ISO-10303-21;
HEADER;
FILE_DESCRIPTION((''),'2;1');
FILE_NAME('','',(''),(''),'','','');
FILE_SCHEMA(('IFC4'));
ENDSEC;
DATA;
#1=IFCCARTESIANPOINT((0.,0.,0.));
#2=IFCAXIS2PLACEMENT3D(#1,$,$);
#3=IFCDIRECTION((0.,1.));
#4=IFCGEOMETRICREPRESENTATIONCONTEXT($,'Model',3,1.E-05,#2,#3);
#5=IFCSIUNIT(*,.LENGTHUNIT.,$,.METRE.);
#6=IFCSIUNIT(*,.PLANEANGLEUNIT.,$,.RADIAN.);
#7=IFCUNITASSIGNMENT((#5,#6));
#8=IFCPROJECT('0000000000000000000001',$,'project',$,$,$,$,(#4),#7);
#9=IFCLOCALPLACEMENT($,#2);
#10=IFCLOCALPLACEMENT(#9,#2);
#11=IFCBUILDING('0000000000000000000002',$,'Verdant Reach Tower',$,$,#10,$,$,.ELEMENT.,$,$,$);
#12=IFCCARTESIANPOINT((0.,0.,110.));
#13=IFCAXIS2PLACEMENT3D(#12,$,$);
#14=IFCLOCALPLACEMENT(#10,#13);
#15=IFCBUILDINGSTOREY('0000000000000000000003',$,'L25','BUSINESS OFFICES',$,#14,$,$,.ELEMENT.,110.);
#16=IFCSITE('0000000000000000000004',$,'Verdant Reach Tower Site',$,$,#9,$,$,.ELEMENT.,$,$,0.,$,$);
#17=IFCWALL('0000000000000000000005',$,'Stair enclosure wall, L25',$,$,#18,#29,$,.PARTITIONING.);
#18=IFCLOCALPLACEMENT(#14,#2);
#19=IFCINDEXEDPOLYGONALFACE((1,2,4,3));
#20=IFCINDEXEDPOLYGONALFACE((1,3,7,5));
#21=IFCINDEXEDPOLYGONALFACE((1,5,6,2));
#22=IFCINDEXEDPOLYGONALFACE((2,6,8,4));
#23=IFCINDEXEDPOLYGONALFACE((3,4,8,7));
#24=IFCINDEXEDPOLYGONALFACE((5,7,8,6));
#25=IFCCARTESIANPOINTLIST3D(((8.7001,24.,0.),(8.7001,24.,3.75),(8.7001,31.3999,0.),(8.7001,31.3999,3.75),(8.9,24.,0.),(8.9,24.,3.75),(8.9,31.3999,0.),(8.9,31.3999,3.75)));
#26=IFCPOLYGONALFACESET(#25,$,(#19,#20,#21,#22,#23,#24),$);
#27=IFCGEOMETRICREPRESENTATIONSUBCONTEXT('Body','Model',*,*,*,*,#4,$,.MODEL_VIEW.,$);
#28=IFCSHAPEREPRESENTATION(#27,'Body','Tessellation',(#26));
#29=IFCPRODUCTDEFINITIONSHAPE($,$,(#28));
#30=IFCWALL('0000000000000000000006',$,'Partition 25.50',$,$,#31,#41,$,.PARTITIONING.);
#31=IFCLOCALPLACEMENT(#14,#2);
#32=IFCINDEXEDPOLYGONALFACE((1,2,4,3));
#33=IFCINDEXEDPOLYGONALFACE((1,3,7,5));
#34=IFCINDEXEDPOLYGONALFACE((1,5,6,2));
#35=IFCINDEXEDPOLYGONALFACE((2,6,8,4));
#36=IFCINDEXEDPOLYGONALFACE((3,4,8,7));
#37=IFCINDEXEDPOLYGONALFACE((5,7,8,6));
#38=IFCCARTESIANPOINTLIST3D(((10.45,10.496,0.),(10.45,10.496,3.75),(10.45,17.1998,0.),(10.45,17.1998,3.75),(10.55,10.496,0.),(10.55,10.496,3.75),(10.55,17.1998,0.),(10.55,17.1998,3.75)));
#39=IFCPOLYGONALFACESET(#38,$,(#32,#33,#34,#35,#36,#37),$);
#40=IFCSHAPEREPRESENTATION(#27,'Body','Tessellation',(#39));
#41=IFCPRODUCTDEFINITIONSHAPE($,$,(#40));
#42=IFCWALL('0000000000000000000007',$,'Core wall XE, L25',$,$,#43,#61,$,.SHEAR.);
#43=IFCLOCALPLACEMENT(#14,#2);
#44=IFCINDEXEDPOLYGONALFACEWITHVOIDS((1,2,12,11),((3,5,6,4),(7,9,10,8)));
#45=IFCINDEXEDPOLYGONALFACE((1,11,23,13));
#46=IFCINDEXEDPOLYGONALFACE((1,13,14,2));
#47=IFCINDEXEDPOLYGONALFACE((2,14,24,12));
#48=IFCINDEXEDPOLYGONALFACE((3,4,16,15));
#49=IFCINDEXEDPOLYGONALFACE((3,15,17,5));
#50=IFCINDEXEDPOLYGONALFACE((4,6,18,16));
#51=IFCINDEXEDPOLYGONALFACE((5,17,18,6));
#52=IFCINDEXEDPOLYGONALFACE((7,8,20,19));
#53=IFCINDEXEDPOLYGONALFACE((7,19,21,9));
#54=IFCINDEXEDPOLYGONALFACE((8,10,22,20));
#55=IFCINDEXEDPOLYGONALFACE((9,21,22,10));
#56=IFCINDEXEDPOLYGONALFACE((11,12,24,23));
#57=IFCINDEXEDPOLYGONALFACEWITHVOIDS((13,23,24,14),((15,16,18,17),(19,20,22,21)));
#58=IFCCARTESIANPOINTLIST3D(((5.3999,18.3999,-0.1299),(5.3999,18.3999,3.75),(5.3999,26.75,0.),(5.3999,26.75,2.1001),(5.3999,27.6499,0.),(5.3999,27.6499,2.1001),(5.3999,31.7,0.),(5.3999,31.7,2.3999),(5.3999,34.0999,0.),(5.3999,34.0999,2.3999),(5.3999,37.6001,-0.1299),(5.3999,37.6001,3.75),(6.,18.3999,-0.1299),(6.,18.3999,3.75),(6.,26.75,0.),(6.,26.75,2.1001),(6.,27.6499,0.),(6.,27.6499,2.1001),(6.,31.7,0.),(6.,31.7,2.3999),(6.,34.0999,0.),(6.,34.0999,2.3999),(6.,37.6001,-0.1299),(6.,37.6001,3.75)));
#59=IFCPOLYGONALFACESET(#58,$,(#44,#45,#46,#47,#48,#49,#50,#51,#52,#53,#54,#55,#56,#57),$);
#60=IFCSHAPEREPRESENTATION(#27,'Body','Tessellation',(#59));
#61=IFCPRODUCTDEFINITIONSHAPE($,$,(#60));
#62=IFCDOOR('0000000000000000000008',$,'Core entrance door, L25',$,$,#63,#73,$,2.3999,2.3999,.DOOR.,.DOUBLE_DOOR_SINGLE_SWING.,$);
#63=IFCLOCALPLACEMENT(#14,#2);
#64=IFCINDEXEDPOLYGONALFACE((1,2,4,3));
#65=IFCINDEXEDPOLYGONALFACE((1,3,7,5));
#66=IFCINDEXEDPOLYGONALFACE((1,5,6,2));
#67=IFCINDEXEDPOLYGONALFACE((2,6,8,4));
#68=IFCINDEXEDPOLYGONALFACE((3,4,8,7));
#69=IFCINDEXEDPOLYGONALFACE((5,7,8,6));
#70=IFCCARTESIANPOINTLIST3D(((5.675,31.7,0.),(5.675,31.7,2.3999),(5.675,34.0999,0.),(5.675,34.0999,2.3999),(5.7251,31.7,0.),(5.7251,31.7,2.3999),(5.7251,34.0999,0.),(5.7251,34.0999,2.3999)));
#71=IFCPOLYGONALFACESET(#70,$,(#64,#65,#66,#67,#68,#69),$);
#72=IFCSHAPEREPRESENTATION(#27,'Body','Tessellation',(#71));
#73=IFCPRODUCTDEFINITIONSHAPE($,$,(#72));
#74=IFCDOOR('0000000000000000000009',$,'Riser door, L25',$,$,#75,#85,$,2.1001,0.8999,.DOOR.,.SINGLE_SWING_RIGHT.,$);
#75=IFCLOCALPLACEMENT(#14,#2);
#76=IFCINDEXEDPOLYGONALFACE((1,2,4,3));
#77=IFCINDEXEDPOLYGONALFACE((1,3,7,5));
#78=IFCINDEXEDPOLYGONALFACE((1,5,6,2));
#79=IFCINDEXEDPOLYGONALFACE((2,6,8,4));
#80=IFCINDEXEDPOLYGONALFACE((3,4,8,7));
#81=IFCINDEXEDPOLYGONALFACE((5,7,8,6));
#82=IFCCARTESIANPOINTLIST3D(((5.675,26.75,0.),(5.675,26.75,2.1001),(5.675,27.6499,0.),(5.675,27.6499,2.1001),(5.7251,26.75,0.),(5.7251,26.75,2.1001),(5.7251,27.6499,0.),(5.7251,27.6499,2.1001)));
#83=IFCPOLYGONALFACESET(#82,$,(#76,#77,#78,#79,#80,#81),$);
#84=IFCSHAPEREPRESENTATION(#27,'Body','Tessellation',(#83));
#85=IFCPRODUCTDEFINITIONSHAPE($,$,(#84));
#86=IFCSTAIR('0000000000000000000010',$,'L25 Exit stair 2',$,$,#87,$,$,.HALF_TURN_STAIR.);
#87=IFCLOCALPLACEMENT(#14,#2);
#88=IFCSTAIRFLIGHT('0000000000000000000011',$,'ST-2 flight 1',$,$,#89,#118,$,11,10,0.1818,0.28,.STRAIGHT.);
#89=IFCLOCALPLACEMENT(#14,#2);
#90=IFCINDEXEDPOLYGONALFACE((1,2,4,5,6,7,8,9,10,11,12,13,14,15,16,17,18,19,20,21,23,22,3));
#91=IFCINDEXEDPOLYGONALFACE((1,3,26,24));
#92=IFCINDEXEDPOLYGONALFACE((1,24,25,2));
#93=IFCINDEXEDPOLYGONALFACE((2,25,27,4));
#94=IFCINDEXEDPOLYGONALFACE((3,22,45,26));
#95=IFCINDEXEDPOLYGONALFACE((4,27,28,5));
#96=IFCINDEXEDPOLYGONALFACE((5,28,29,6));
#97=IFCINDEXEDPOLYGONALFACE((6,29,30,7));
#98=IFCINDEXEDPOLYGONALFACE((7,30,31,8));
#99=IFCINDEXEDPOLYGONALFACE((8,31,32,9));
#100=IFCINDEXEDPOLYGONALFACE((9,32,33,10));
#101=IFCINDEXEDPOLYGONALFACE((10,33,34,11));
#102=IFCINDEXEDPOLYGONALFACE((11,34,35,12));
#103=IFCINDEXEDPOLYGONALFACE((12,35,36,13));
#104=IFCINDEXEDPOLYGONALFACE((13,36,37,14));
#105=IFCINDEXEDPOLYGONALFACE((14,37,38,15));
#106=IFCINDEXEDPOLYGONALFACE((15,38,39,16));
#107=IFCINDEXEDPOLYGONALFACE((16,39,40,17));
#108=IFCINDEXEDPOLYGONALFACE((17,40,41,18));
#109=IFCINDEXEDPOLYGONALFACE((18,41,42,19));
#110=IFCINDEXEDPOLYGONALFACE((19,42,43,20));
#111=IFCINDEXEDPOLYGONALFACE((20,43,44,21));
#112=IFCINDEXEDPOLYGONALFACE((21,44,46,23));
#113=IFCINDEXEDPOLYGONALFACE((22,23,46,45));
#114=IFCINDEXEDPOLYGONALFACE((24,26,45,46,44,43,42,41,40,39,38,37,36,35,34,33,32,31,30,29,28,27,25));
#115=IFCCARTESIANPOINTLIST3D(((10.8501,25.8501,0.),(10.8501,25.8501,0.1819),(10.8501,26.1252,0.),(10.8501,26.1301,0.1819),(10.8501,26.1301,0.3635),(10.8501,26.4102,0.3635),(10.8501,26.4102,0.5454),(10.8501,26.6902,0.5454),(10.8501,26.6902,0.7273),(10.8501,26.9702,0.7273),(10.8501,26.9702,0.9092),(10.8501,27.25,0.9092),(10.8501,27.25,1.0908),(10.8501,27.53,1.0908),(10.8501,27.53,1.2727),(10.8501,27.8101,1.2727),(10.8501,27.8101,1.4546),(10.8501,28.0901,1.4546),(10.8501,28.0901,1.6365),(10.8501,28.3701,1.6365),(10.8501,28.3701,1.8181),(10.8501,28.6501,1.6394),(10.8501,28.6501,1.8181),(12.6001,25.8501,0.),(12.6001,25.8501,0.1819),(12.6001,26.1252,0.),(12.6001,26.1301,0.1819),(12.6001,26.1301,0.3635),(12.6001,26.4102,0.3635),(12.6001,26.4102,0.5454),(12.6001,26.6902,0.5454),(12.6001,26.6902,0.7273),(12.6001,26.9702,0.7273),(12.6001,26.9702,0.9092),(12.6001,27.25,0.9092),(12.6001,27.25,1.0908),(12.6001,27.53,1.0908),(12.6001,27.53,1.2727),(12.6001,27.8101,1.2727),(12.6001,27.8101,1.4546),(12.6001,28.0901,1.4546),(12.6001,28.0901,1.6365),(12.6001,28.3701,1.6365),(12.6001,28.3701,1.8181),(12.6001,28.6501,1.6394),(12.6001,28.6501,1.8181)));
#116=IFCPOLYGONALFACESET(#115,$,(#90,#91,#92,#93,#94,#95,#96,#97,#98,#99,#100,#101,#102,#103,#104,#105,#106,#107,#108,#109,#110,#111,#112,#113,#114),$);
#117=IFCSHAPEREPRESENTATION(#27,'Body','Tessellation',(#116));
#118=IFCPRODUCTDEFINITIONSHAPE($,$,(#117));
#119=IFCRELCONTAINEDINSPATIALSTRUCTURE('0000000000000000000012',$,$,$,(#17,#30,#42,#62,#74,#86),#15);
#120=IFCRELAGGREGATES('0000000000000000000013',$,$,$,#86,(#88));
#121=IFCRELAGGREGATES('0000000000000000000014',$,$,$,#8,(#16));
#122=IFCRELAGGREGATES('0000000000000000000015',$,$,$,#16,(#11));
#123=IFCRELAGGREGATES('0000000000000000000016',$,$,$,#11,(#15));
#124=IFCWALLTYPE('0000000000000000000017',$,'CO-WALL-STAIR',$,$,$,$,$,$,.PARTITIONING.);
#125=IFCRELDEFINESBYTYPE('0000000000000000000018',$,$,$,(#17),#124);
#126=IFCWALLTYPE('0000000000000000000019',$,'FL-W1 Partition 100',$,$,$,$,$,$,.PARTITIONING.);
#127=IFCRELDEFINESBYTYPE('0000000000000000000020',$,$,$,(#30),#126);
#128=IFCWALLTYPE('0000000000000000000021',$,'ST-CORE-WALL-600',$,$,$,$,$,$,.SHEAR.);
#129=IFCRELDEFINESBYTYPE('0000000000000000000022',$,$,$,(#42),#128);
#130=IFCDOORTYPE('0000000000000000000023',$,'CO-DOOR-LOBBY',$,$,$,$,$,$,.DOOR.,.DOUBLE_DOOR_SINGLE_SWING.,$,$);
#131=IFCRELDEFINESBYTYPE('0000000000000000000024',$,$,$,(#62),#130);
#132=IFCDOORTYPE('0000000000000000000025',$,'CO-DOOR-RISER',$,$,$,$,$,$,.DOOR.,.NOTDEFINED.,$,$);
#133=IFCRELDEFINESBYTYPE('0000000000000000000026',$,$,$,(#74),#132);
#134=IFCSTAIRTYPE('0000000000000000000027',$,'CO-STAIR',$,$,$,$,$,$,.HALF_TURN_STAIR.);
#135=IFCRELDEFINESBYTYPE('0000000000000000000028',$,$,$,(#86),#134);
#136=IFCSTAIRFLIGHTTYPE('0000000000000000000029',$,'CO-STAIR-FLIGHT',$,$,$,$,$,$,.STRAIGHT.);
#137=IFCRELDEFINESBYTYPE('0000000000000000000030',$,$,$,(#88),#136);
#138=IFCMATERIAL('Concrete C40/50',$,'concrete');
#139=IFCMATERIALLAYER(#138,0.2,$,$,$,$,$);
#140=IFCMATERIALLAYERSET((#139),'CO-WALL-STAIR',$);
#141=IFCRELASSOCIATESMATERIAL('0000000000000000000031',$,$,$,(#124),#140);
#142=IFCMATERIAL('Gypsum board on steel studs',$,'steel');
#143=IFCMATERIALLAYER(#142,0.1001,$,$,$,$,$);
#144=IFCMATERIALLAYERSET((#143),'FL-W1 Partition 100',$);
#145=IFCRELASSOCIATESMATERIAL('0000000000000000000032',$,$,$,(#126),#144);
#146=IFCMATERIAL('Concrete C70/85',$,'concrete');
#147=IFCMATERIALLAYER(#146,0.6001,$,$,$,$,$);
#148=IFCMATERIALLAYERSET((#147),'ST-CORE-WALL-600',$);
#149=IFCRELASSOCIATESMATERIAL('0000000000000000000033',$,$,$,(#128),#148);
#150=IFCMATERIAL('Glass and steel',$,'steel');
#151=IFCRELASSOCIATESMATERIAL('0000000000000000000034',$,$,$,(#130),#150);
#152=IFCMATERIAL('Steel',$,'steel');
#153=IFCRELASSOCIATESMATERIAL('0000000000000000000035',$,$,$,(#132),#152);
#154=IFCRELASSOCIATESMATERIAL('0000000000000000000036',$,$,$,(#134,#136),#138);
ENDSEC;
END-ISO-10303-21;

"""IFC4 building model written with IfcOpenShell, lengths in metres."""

from ifc_helpers import new_model, si_unit, direction, frame, frame_2d, origin, place, context, subcontext, project, spatial, polyline, rectangle, outline, extrude, material, layer, layer_set, type_object, element, fill, aggregate, save


model = new_model("IFC4")

# Units and contexts
model_context = context("Model", 3, precision=1e-05, world=origin(), true_north=direction((0.0, 1.0)))
body_context = subcontext(model_context, "Body", "Model", "MODEL_VIEW")
ifc_project = project(units=[si_unit("LENGTHUNIT", "METRE"), si_unit("PLANEANGLEUNIT", "RADIAN")], contexts=[model_context])

# Site, building, storey
site_placement = place(None, origin())
site = spatial("IfcSite", under=ifc_project, at=site_placement, Name="Verdant Reach Tower Site", CompositionType="ELEMENT", RefElevation=0.0)
building_placement = place(site_placement, origin())
building = spatial("IfcBuilding", under=site, at=building_placement, Name="Verdant Reach Tower", CompositionType="ELEMENT")
storey_placement = place(building_placement, frame((0.0, 0.0, 110.0)))
storey = spatial("IfcBuildingStorey", under=building, at=storey_placement, Name="L25", Description="BUSINESS OFFICES", CompositionType="ELEMENT", Elevation=110.0)

# Shared definitions
ifc_material_1 = material(Name="Gypsum board on steel studs", Category="steel")

# Shared definitions
ifc_material_2 = material(Name="Concrete C40/50", Category="concrete")

# Shared definitions
ifc_layer_1 = layer(ifc_material_2, 0.2)
ifc_layer_set_1 = layer_set([ifc_layer_1], Name="CO-WALL-STAIR")
wall_type_1 = type_object("IfcWallType", Name="CO-WALL-STAIR", PredefinedType="PARTITIONING", material=ifc_layer_set_1)
ifc_material_3 = material(Name="Steel", Category="steel")

# Walls
wall_1_placement = place(storey_placement, frame((8.8, 24.0, 0.0), z_axis=(0.0, 0.0, 1.0), x_axis=(0.0, 1.0, 0.0)))
element("IfcWall", 1, at=wall_1_placement, inside=storey, type_object=wall_type_1, Name="Stair enclosure wall, L25", PredefinedType="PARTITIONING", context=body_context, shape_type="SweptSolid", body=[
    extrude(rectangle(XDim=7.3999, YDim=0.2, at=frame_2d((3.7, 0.0))), origin(), (0.0, 0.0, 1.0), 3.75),
])
ifc_layer_2 = layer(ifc_material_1, 0.1001)
ifc_layer_set_2 = layer_set([ifc_layer_2], Name="FL-W1 Partition 100")
wall_type_2 = type_object("IfcWallType", Name="FL-W1 Partition 100", PredefinedType="PARTITIONING", material=ifc_layer_set_2)
wall_2_placement = place(storey_placement, frame((10.5, 17.2, 0.0), z_axis=(0.0, 0.0, 1.0), x_axis=(0.0, -1.0, 0.0)))
element("IfcWall", 2, at=wall_2_placement, inside=storey, type_object=wall_type_2, Name="Partition 25.50", PredefinedType="PARTITIONING", context=body_context, shape_type="SweptSolid", body=[
    extrude(rectangle(XDim=6.7039, YDim=0.1001, at=frame_2d((3.3521, 0.0))), origin(), (0.0, 0.0, 1.0), 3.75),
])

# Wall, openings, doors
ifc_material_4 = material(Name="Concrete C70/85", Category="concrete")
ifc_layer_3 = layer(ifc_material_4, 0.6001)
ifc_layer_set_3 = layer_set([ifc_layer_3], Name="ST-CORE-WALL-600")
wall_type_3 = type_object("IfcWallType", Name="ST-CORE-WALL-600", PredefinedType="SHEAR", material=ifc_layer_set_3)
wall_3_placement = place(storey_placement, frame((5.7, 18.3999, -0.1299), z_axis=(0.0, 0.0, 1.0), x_axis=(0.0, 1.0, 0.0)))
wall_3 = element("IfcWall", 3, at=wall_3_placement, inside=storey, type_object=wall_type_3, Name="Core wall XE, L25", PredefinedType="SHEAR", context=body_context, shape_type="SweptSolid", body=[
    extrude(rectangle(XDim=19.2002, YDim=0.6001, at=frame_2d((9.6001, 0.0))), origin(), (0.0, 0.0, 1.0), 3.8799),
])
opening_1_placement = place(wall_3_placement, frame((8.3501, 0.0, 0.1299)))
opening_1 = element("IfcOpeningElement", 4, at=opening_1_placement, cuts=wall_3, PredefinedType="OPENING", context=body_context, shape_type="SweptSolid", body=[
    extrude(rectangle(XDim=0.8999, YDim=2.1001, at=frame_2d((0.45, 1.05))), frame((0.0, 0.3101, 0.0), z_axis=(0.0, -1.0, 0.0), x_axis=(1.0, 0.0, 0.0)), (0.0, 0.0, 1.0), 0.6201),
])
opening_2_placement = place(wall_3_placement, frame((13.3, 0.0, 0.1299)))
opening_2 = element("IfcOpeningElement", 5, at=opening_2_placement, cuts=wall_3, PredefinedType="OPENING", context=body_context, shape_type="SweptSolid", body=[
    extrude(rectangle(XDim=2.3999, YDim=2.3999, at=frame_2d((1.2, 1.2))), frame((0.0, 0.3101, 0.0), z_axis=(0.0, -1.0, 0.0), x_axis=(1.0, 0.0, 0.0)), (0.0, 0.0, 1.0), 0.6201),
])
ifc_material_5 = material(Name="Glass and steel", Category="steel")
door_type_1 = type_object("IfcDoorType", Name="CO-DOOR-LOBBY", OperationType="DOUBLE_DOOR_SINGLE_SWING", PredefinedType="DOOR", material=ifc_material_5)
door_1_placement = place(opening_2_placement, origin())
door_1 = element("IfcDoor", 6, at=door_1_placement, inside=storey, type_object=door_type_1, Name="Core entrance door, L25", OperationType="DOUBLE_DOOR_SINGLE_SWING", OverallHeight=2.3999, OverallWidth=2.3999, PredefinedType="DOOR", context=body_context, shape_type="SweptSolid", body=[
    extrude(rectangle(XDim=2.3999, YDim=2.3999, at=frame_2d((1.2, 1.2))), frame((0.0, 0.0249, 0.0), z_axis=(0.0, -1.0, 0.0), x_axis=(1.0, 0.0, 0.0)), (0.0, 0.0, 1.0), 0.05),
])
fill(opening_2, door_1)
door_type_2 = type_object("IfcDoorType", Name="CO-DOOR-RISER", OperationType="NOTDEFINED", PredefinedType="DOOR", material=ifc_material_3)
door_2_placement = place(opening_1_placement, origin())
door_2 = element("IfcDoor", 7, at=door_2_placement, inside=storey, type_object=door_type_2, Name="Riser door, L25", OperationType="SINGLE_SWING_RIGHT", OverallHeight=2.1001, OverallWidth=0.8999, PredefinedType="DOOR", context=body_context, shape_type="SweptSolid", body=[
    extrude(rectangle(XDim=0.8999, YDim=2.1001, at=frame_2d((0.45, 1.05))), frame((0.0, 0.0249, 0.0), z_axis=(0.0, -1.0, 0.0), x_axis=(1.0, 0.0, 0.0)), (0.0, 0.0, 1.0), 0.05),
])
fill(opening_1, door_2)

# Stair, stair flight
stair_type = type_object("IfcStairType", Name="CO-STAIR", PredefinedType="HALF_TURN_STAIR", material=ifc_material_2)
stair_placement = place(storey_placement, origin())
stair = element("IfcStair", 8, at=stair_placement, inside=storey, type_object=stair_type, Name="L25 Exit stair 2", PredefinedType="HALF_TURN_STAIR")
stair_flight_type = type_object("IfcStairFlightType", Name="CO-STAIR-FLIGHT", PredefinedType="STRAIGHT", material=ifc_material_2)
stair_flight_placement = place(storey_placement, frame((11.7251, 25.8501, 0.0), z_axis=(0.0, 0.0, 1.0), x_axis=(0.0, 1.0, 0.0)))
stair_flight = element("IfcStairFlight", 9, at=stair_flight_placement, type_object=stair_flight_type, Name="ST-2 flight 1", NumberOfRisers=11, NumberOfTreads=10, PredefinedType="STRAIGHT", RiserHeight=0.1818, TreadLength=0.28, context=body_context, shape_type="SweptSolid", body=[
    extrude(outline(polyline([(0.0, 0.0), (0.0, 0.1819), (0.28, 0.1819), (0.28, 0.3635), (0.5601, 0.3635), (0.5601, 0.5454), (0.8401, 0.5454), (0.8401, 0.7273), (1.1201, 0.7273), (1.1201, 0.9092), (1.3999, 0.9092), (1.3999, 1.0908), (1.6799, 1.0908), (1.6799, 1.2727), (1.96, 1.2727), (1.96, 1.4546), (2.24, 1.4546), (2.24, 1.6365), (2.52, 1.6365), (2.52, 1.8181), (2.8, 1.8181), (2.8, 2.0), (2.8, 1.6394), (0.2751, 0.0), (0.0, 0.0)])), frame((0.0, 0.875, 0.0), z_axis=(0.0, -1.0, 0.0), x_axis=(1.0, 0.0, 0.0)), (0.0, 0.0, 1.0), 1.75),
])
aggregate(stair, [stair_flight])

save(model, "model.ifc")
